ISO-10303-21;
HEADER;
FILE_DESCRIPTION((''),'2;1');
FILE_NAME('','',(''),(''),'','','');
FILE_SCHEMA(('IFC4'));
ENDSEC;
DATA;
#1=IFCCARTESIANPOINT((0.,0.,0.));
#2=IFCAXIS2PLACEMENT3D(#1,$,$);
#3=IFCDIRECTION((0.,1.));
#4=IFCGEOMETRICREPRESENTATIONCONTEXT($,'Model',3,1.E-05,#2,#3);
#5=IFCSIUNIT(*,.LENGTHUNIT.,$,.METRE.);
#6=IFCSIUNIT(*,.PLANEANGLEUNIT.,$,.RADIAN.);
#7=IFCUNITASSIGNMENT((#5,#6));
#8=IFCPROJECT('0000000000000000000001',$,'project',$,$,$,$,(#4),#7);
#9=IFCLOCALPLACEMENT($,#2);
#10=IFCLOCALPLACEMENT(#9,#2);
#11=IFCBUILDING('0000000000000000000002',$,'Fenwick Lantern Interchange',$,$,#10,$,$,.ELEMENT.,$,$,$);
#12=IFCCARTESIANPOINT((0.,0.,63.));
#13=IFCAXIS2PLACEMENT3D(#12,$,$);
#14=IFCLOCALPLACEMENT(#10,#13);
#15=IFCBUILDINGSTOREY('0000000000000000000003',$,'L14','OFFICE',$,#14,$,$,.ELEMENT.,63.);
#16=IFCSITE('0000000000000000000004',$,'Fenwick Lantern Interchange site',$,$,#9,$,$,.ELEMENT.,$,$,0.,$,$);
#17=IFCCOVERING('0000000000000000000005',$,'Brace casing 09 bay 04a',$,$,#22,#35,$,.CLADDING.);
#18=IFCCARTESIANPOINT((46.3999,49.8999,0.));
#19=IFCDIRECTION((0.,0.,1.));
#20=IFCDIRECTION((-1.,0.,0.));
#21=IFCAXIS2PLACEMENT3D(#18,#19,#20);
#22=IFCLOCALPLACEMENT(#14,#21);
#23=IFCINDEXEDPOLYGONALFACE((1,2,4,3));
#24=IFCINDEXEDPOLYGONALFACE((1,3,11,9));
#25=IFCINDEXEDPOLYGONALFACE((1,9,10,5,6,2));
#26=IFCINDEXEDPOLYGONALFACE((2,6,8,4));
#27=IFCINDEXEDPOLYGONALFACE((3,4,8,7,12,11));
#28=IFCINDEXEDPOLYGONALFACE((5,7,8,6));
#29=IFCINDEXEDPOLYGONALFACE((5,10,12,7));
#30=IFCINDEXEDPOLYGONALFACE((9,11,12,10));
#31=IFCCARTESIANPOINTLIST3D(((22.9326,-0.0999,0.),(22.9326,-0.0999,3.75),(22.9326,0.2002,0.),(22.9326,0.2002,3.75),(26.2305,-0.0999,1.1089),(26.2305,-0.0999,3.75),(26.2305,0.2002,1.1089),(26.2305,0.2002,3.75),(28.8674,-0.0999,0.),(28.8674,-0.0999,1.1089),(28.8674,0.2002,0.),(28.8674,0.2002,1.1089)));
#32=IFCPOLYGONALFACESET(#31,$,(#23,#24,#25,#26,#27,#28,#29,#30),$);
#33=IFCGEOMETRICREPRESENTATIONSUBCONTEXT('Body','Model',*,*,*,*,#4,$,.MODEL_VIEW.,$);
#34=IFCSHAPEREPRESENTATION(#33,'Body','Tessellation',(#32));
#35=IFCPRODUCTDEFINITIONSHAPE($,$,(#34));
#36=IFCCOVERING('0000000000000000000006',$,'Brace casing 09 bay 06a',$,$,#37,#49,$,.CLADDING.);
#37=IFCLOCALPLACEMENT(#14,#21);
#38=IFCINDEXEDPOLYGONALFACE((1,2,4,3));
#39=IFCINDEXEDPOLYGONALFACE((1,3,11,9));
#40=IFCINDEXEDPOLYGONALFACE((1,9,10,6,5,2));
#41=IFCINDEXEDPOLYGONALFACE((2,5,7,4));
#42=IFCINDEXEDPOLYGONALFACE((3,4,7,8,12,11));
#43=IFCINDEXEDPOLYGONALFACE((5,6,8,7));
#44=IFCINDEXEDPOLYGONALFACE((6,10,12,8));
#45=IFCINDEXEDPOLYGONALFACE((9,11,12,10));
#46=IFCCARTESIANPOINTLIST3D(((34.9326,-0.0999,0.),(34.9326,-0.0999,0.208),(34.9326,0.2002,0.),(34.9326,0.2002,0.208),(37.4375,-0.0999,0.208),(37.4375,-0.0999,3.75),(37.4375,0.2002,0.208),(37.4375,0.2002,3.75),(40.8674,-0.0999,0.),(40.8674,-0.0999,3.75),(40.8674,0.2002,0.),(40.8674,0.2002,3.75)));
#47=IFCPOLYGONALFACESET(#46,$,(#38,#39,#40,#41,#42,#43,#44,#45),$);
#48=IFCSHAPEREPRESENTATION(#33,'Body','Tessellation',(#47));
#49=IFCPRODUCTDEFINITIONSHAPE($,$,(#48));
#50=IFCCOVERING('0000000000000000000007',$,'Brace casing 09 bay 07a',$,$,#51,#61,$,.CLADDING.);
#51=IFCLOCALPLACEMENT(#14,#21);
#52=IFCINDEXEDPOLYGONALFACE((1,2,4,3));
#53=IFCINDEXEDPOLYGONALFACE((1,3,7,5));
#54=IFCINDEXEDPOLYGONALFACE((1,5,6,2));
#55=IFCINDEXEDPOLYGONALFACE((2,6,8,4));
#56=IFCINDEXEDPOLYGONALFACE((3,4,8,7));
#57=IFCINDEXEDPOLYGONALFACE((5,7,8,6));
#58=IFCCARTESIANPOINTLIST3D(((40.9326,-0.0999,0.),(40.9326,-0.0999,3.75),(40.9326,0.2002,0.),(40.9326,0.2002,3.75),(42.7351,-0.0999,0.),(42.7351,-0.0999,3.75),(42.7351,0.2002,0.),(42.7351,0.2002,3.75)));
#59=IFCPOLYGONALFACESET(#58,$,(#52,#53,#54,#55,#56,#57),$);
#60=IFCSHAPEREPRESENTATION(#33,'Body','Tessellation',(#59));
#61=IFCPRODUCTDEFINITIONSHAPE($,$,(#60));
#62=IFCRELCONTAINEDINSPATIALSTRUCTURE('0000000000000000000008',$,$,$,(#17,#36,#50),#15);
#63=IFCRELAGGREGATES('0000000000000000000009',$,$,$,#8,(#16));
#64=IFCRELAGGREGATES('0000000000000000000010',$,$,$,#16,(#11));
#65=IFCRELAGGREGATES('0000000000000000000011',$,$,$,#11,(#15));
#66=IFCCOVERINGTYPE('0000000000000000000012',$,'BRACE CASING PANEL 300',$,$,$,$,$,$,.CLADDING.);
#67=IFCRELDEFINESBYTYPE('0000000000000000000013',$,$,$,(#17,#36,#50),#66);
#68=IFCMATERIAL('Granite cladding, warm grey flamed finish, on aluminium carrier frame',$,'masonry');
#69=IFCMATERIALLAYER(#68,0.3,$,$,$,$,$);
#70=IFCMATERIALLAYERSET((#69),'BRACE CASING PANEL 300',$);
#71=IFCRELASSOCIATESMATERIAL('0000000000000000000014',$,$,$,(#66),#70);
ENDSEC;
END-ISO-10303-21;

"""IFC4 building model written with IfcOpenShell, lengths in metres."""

from ifc_helpers import new_model, si_unit, direction, frame, origin, place, context, subcontext, project, spatial, polyline, outline, extrude, material, layer, layer_set, type_object, element, save


model = new_model("IFC4")

# Units and contexts
model_context = context("Model", 3, precision=1e-05, world=origin(), true_north=direction((0.0, 1.0)))
body_context = subcontext(model_context, "Body", "Model", "MODEL_VIEW")
ifc_project = project(units=[si_unit("LENGTHUNIT", "METRE"), si_unit("PLANEANGLEUNIT", "RADIAN")], contexts=[model_context])

# Site, building, storey
site_placement = place(None, origin())
site = spatial("IfcSite", under=ifc_project, at=site_placement, Name="Fenwick Lantern Interchange site", CompositionType="ELEMENT", RefElevation=0.0)
building_placement = place(site_placement, origin())
building = spatial("IfcBuilding", under=site, at=building_placement, Name="Fenwick Lantern Interchange", CompositionType="ELEMENT")
storey_placement = place(building_placement, frame((0.0, 0.0, 63.0)))
storey = spatial("IfcBuildingStorey", under=building, at=storey_placement, Name="L14", Description="OFFICE", CompositionType="ELEMENT", Elevation=63.0)

# Coverings
ifc_material_1 = material(Name="Granite cladding, warm grey flamed finish, on aluminium carrier frame", Category="masonry")
ifc_layer_1 = layer(ifc_material_1, 0.3)
ifc_layer_set_1 = layer_set([ifc_layer_1], Name="BRACE CASING PANEL 300")
covering_type = type_object("IfcCoveringType", Name="BRACE CASING PANEL 300", PredefinedType="CLADDING", material=ifc_layer_set_1)
covering_1_placement = place(storey_placement, frame((46.3999, 49.8999, 0.0), z_axis=(0.0, 0.0, 1.0), x_axis=(-1.0, 0.0, 0.0)))
element("IfcCovering", 1, at=covering_1_placement, inside=storey, type_object=covering_type, Name="Brace casing 09 bay 04a", PredefinedType="CLADDING", context=body_context, shape_type="SweptSolid", body=[
    extrude(outline(polyline([(22.9326, 0.0), (28.8674, 0.0), (28.8674, 1.1089), (26.2305, 1.1089), (26.2305, 3.75), (22.9326, 3.75), (22.9326, 0.0)])), frame((0.0, 0.2002, 0.0), z_axis=(0.0, -1.0, 0.0), x_axis=(1.0, 0.0, 0.0)), (0.0, 0.0, 1.0), 0.3),
])
covering_2_placement = place(storey_placement, frame((46.3999, 49.8999, 0.0), z_axis=(0.0, 0.0, 1.0), x_axis=(-1.0, 0.0, 0.0)))
element("IfcCovering", 2, at=covering_2_placement, inside=storey, type_object=covering_type, Name="Brace casing 09 bay 06a", PredefinedType="CLADDING", context=body_context, shape_type="SweptSolid", body=[
    extrude(outline(polyline([(34.9326, 0.0), (40.8674, 0.0), (40.8674, 3.75), (37.4375, 3.75), (37.4375, 0.208), (34.9326, 0.208), (34.9326, 0.0)])), frame((0.0, 0.2002, 0.0), z_axis=(0.0, -1.0, 0.0), x_axis=(1.0, 0.0, 0.0)), (0.0, 0.0, 1.0), 0.3),
])
covering_3_placement = place(storey_placement, frame((46.3999, 49.8999, 0.0), z_axis=(0.0, 0.0, 1.0), x_axis=(-1.0, 0.0, 0.0)))
element("IfcCovering", 3, at=covering_3_placement, inside=storey, type_object=covering_type, Name="Brace casing 09 bay 07a", PredefinedType="CLADDING", context=body_context, shape_type="SweptSolid", body=[
    extrude(outline(polyline([(40.9326, 0.0), (42.7351, 0.0), (42.7351, 3.75), (40.9326, 3.75), (40.9326, 0.0)])), frame((0.0, 0.2002, 0.0), z_axis=(0.0, -1.0, 0.0), x_axis=(1.0, 0.0, 0.0)), (0.0, 0.0, 1.0), 0.3),
])

save(model, "model.ifc")
